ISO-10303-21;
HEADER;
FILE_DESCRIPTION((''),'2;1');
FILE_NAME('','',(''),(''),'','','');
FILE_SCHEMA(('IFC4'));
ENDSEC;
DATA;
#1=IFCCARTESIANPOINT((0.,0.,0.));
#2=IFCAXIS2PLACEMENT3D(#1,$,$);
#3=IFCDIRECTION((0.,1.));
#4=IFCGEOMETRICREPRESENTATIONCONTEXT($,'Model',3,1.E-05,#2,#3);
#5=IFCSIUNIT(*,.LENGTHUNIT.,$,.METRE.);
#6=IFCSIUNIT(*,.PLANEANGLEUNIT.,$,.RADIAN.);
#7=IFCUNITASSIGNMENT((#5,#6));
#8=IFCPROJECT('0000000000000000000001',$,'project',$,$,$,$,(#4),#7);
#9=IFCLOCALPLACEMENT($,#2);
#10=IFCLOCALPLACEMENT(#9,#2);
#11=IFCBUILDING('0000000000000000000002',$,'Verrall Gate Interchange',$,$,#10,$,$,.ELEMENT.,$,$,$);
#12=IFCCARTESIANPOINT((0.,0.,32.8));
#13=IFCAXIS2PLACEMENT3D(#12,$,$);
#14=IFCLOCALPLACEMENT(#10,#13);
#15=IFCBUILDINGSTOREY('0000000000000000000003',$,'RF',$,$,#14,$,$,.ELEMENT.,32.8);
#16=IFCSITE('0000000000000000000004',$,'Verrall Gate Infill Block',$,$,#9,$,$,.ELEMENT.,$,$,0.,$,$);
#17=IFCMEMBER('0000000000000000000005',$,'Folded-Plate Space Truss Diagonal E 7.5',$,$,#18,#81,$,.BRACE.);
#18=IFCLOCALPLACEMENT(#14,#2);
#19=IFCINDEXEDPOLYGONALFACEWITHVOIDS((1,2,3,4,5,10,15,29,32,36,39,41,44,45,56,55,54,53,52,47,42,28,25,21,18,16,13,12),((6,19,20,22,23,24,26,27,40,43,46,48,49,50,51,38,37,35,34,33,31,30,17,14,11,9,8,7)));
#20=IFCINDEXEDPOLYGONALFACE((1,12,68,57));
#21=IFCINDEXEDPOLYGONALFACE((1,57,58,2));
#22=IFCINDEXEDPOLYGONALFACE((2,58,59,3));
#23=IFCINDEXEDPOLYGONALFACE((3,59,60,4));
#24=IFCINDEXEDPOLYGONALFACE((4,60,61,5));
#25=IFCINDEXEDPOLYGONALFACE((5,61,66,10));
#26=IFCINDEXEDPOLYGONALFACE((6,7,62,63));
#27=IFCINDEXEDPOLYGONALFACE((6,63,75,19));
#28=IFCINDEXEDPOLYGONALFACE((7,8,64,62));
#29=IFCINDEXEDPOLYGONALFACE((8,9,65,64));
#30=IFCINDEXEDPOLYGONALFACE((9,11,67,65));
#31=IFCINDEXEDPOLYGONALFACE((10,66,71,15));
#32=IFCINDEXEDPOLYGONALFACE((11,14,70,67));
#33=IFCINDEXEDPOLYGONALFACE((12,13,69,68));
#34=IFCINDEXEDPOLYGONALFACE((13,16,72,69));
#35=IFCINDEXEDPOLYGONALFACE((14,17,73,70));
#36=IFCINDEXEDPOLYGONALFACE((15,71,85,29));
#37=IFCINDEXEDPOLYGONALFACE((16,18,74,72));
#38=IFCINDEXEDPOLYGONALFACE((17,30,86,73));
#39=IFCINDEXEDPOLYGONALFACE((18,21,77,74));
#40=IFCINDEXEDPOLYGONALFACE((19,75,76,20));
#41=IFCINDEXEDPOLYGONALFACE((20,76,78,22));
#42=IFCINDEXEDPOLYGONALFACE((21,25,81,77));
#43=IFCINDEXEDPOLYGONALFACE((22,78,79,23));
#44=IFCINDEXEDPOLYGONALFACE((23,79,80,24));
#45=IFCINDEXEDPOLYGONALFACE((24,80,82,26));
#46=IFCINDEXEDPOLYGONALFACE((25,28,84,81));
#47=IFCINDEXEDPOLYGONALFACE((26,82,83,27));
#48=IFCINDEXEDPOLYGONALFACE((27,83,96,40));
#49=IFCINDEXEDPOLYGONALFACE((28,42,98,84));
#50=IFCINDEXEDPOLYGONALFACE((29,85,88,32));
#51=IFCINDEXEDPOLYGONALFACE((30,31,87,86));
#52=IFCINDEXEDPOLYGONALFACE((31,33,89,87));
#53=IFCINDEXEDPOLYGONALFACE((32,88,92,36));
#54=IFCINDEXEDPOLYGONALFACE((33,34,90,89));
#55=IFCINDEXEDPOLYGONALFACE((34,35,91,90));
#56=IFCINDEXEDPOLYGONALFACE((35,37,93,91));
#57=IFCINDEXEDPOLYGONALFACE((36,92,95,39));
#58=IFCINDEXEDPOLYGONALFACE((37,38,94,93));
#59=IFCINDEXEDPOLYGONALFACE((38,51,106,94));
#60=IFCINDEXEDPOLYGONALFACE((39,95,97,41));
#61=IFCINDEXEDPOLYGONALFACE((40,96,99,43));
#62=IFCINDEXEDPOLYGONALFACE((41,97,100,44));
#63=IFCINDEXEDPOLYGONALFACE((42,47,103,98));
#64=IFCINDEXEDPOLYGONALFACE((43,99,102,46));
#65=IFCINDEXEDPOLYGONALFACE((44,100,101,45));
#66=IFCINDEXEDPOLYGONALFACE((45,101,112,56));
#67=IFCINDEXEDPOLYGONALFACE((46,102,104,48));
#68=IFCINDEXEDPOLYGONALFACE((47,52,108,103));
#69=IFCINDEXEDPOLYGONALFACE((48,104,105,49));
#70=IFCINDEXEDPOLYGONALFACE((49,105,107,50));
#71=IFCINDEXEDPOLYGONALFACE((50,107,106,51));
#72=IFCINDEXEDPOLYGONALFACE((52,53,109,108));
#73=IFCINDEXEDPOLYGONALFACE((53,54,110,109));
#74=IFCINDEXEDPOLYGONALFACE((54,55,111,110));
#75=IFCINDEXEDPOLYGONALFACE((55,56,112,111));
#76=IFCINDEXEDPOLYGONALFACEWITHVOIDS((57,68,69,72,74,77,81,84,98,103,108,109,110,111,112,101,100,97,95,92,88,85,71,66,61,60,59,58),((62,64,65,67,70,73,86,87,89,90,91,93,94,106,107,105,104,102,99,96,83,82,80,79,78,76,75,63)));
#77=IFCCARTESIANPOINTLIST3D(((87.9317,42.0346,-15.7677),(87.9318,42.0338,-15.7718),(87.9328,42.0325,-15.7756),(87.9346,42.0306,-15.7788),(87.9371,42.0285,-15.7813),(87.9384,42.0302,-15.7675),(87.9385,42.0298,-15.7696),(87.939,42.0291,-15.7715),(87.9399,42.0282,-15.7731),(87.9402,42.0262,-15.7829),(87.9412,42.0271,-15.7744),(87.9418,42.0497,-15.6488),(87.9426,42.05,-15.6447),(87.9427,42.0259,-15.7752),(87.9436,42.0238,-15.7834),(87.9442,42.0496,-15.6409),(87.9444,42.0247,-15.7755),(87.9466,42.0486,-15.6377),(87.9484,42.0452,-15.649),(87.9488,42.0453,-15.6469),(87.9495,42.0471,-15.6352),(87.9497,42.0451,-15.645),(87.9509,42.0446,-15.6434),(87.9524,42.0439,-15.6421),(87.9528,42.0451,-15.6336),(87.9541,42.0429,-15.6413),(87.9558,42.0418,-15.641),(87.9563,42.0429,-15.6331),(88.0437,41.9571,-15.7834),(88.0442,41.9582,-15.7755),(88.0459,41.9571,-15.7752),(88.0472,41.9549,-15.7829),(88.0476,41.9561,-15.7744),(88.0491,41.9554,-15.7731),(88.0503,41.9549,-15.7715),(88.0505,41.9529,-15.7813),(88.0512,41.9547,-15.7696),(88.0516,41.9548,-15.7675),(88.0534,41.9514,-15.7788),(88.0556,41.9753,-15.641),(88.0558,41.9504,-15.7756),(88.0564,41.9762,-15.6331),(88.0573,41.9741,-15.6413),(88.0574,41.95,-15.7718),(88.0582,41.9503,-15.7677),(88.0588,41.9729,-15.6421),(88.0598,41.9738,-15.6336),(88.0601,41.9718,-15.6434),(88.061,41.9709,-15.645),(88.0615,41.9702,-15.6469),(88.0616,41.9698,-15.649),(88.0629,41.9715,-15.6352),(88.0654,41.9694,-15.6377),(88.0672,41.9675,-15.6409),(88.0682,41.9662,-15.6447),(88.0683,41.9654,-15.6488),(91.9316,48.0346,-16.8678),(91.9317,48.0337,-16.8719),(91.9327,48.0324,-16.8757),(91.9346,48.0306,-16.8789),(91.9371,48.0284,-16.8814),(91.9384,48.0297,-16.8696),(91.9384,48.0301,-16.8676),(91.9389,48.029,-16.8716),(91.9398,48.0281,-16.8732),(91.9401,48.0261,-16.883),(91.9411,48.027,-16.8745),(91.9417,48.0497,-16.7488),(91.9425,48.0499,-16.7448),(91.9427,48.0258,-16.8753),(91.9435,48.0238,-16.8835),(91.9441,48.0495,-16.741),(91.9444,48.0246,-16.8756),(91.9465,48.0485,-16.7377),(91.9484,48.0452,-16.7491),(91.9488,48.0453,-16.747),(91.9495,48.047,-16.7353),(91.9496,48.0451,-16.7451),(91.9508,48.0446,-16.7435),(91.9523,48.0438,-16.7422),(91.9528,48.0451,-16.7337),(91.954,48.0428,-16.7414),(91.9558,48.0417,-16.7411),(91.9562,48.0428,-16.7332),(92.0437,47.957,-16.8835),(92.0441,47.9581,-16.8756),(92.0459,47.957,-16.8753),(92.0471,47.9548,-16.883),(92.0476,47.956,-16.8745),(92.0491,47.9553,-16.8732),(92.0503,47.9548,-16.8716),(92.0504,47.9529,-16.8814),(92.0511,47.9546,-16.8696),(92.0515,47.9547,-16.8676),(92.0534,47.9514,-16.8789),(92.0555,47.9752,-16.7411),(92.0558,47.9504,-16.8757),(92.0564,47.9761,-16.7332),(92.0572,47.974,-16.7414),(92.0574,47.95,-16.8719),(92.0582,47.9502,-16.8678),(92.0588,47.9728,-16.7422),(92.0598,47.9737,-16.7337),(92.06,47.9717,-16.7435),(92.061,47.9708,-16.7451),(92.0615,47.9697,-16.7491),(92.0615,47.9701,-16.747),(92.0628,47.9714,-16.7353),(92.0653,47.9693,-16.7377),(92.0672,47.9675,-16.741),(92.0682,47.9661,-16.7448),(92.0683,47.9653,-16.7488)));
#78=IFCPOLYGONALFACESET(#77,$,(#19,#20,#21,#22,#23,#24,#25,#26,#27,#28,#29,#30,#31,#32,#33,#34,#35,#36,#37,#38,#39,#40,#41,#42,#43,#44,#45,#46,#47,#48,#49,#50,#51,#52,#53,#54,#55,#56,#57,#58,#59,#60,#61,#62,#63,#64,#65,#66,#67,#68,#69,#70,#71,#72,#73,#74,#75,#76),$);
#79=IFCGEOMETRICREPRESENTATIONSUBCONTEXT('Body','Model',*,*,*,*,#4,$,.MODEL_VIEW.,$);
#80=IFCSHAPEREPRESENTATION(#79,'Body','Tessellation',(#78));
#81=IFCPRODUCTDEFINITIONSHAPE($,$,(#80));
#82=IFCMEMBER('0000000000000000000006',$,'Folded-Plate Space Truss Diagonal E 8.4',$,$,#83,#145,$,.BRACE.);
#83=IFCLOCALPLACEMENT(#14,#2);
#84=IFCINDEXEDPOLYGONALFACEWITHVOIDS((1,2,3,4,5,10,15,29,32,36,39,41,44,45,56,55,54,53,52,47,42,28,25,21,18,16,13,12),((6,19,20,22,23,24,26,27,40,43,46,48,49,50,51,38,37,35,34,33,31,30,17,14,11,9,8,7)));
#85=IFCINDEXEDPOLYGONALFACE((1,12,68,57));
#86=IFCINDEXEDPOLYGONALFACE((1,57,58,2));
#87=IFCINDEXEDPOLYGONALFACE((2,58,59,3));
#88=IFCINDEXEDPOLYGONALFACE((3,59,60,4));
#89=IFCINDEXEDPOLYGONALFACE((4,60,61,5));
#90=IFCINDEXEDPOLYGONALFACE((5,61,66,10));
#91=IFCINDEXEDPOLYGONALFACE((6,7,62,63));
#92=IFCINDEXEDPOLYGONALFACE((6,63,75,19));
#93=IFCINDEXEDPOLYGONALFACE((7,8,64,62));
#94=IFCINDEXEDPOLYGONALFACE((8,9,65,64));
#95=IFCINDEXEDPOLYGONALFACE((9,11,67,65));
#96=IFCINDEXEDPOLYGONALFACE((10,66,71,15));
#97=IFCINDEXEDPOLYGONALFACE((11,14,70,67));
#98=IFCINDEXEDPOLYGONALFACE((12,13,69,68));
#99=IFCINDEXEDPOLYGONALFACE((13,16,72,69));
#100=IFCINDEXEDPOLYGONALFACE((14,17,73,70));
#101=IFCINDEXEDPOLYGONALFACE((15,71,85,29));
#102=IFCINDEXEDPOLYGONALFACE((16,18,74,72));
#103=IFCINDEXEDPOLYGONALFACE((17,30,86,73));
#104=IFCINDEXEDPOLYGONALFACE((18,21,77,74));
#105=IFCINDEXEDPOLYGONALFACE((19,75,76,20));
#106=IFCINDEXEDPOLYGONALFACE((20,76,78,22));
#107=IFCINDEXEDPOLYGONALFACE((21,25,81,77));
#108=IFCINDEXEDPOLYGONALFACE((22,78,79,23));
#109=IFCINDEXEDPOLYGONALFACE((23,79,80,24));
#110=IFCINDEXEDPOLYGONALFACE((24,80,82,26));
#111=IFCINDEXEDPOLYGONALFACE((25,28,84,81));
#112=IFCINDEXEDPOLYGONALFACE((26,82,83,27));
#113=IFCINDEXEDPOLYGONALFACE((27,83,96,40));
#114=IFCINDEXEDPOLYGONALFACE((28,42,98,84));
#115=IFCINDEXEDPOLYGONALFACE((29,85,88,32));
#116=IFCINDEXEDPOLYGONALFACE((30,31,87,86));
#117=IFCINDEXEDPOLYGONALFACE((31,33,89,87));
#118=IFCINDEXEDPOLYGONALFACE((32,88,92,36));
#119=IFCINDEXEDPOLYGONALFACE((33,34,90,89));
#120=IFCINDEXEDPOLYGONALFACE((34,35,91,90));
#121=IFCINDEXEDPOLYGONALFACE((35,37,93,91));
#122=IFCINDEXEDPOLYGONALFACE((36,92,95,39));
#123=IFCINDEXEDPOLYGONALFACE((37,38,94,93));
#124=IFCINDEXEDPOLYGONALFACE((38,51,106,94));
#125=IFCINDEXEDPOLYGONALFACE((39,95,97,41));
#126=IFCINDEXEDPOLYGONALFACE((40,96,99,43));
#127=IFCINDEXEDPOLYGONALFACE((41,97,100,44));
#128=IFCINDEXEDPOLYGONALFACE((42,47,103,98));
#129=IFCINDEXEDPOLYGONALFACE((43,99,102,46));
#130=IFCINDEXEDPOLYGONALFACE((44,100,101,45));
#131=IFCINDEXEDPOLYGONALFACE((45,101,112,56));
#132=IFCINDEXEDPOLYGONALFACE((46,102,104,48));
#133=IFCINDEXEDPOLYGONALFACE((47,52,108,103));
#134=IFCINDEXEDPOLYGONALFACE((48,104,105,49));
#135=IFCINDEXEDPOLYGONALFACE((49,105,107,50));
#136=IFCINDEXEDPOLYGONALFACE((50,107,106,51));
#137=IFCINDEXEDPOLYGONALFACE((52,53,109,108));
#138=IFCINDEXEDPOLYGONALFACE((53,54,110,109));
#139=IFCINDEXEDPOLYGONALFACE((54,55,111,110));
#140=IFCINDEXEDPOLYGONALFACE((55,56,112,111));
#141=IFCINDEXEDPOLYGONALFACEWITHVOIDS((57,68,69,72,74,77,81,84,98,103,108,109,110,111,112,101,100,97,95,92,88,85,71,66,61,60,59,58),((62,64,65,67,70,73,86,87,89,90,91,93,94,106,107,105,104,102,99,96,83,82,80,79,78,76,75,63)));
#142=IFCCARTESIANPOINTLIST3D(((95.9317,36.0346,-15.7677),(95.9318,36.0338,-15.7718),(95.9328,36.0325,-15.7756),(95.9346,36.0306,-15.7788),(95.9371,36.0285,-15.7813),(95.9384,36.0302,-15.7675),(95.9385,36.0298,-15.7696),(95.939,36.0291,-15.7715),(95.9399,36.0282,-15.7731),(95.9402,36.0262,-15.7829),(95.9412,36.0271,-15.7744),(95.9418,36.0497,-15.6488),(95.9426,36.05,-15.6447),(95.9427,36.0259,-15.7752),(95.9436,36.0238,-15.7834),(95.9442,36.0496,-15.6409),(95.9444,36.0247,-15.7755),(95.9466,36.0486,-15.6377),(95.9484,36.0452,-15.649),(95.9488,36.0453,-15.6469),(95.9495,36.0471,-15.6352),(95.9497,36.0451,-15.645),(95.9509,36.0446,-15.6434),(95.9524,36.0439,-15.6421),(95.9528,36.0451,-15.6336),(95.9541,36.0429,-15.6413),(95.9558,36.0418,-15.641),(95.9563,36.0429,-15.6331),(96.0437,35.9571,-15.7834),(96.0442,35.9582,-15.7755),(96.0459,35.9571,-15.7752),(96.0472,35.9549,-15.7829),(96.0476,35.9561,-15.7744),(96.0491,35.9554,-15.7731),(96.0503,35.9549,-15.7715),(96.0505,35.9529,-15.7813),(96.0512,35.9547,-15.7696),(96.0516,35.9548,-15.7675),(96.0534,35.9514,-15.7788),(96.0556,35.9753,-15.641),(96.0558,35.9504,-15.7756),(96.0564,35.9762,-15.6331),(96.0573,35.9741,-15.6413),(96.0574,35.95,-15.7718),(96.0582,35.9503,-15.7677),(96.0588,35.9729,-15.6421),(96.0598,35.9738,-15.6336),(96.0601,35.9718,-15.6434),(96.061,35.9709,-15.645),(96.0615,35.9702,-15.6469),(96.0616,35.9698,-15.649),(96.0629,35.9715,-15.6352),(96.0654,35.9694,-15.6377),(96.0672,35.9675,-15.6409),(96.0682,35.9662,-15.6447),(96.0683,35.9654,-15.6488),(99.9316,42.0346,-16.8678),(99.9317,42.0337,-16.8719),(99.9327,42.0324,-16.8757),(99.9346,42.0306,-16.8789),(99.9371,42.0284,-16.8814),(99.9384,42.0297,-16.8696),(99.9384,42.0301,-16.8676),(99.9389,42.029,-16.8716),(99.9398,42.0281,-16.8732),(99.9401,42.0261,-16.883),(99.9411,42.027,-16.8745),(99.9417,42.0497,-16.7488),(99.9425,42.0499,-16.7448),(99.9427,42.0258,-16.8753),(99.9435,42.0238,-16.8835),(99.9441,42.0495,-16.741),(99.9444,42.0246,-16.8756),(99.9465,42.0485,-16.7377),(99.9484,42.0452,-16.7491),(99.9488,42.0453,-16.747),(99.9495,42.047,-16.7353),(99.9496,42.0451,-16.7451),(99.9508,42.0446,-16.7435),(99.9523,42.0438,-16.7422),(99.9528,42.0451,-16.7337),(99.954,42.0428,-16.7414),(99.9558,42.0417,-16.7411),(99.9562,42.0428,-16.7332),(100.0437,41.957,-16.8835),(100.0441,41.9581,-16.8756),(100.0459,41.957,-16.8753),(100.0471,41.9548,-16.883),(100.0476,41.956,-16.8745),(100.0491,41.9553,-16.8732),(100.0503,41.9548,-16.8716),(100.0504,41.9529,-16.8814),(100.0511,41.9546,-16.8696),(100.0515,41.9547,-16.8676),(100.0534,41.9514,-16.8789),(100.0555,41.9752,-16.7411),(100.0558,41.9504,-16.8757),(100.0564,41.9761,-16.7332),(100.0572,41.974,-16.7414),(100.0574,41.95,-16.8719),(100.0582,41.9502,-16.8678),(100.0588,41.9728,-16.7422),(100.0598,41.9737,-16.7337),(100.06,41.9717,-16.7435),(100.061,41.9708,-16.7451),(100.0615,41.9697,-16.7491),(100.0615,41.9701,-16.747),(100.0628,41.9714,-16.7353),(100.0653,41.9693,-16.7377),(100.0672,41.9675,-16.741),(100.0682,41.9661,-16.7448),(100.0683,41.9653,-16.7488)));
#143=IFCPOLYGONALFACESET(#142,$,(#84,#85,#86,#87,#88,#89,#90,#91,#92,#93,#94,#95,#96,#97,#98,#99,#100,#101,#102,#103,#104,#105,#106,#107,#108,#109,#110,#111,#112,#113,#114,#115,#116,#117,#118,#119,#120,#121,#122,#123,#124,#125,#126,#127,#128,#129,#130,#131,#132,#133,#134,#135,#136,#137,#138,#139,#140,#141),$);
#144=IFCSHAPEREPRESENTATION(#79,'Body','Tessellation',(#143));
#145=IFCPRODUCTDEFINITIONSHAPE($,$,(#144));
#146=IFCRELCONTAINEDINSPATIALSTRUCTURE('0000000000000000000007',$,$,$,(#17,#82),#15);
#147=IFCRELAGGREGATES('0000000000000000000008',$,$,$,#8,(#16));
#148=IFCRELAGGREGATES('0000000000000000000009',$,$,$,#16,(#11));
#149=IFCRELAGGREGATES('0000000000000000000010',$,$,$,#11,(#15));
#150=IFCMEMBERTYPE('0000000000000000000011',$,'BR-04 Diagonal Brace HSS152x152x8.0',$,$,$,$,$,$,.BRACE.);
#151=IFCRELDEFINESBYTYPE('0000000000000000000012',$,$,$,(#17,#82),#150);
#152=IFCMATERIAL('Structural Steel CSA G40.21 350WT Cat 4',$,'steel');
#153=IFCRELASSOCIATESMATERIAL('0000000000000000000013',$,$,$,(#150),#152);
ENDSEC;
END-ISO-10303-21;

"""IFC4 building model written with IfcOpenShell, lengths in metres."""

from ifc_helpers import new_model, si_unit, direction, frame, origin, origin_2d, place, context, subcontext, project, spatial, hollow_rectangle, extrude, material, material_profile, profile_set, type_object, element, save


model = new_model("IFC4")

# Units and contexts
model_context = context("Model", 3, precision=1e-05, world=origin(), true_north=direction((0.0, 1.0)))
body_context = subcontext(model_context, "Body", "Model", "MODEL_VIEW")
ifc_project = project(units=[si_unit("LENGTHUNIT", "METRE"), si_unit("PLANEANGLEUNIT", "RADIAN")], contexts=[model_context])

# Site, building, storey
site_placement = place(None, origin())
site = spatial("IfcSite", under=ifc_project, at=site_placement, Name="Verrall Gate Infill Block", CompositionType="ELEMENT", RefElevation=0.0)
building_placement = place(site_placement, origin())
building = spatial("IfcBuilding", under=site, at=building_placement, Name="Verrall Gate Interchange", CompositionType="ELEMENT")
storey_placement = place(building_placement, frame((0.0, 0.0, 32.8)))
storey = spatial("IfcBuildingStorey", under=building, at=storey_placement, Name="RF", CompositionType="ELEMENT", Elevation=32.8)

# Members
ifc_material_1 = material(Name="Structural Steel CSA G40.21 350WT Cat 4", Category="steel")
ifc_material_profile_1 = material_profile(ifc_material_1, hollow_rectangle(XDim=0.1521, YDim=0.1521, WallThickness=0.0081, InnerFilletRadius=0.0081, OuterFilletRadius=0.0159, at=origin_2d()), Name="HSS152x152x8.0")
ifc_profile_set_1 = profile_set([ifc_material_profile_1], Name="Structural Steel CSA G40.21 350WT Cat 4")
member_type_1 = type_object("IfcMemberType", Name="BR-04 Diagonal Brace HSS152x152x8.0", PredefinedType="BRACE", material=ifc_profile_set_1)
for number, where, z_axis, x_axis, name in (
    (1, (88.0, 42.0, -15.7083), (0.548356, 0.822534, -0.150811), (-0.83205, 0.5547, 0.0), "Folded-Plate Space Truss Diagonal E 7.5"),
    (2, (96.0, 36.0, -15.7083), (0.548356, 0.822534, -0.150811), (-0.83205, 0.5547, 0.0), "Folded-Plate Space Truss Diagonal E 8.4"),
):
    element("IfcMember", number, at=place(storey_placement, frame(where, z_axis=z_axis, x_axis=x_axis)), inside=storey, type_object=member_type_1, Name=name, PredefinedType="BRACE", context=body_context, shape_type="SweptSolid", body=[
        extrude(hollow_rectangle(XDim=0.1521, YDim=0.1521, WallThickness=0.0081, InnerFilletRadius=0.0081, OuterFilletRadius=0.0159, at=origin_2d()), origin(), (0.0, 0.0, 1.0), 7.2944),
    ])

save(model, "model.ifc")
